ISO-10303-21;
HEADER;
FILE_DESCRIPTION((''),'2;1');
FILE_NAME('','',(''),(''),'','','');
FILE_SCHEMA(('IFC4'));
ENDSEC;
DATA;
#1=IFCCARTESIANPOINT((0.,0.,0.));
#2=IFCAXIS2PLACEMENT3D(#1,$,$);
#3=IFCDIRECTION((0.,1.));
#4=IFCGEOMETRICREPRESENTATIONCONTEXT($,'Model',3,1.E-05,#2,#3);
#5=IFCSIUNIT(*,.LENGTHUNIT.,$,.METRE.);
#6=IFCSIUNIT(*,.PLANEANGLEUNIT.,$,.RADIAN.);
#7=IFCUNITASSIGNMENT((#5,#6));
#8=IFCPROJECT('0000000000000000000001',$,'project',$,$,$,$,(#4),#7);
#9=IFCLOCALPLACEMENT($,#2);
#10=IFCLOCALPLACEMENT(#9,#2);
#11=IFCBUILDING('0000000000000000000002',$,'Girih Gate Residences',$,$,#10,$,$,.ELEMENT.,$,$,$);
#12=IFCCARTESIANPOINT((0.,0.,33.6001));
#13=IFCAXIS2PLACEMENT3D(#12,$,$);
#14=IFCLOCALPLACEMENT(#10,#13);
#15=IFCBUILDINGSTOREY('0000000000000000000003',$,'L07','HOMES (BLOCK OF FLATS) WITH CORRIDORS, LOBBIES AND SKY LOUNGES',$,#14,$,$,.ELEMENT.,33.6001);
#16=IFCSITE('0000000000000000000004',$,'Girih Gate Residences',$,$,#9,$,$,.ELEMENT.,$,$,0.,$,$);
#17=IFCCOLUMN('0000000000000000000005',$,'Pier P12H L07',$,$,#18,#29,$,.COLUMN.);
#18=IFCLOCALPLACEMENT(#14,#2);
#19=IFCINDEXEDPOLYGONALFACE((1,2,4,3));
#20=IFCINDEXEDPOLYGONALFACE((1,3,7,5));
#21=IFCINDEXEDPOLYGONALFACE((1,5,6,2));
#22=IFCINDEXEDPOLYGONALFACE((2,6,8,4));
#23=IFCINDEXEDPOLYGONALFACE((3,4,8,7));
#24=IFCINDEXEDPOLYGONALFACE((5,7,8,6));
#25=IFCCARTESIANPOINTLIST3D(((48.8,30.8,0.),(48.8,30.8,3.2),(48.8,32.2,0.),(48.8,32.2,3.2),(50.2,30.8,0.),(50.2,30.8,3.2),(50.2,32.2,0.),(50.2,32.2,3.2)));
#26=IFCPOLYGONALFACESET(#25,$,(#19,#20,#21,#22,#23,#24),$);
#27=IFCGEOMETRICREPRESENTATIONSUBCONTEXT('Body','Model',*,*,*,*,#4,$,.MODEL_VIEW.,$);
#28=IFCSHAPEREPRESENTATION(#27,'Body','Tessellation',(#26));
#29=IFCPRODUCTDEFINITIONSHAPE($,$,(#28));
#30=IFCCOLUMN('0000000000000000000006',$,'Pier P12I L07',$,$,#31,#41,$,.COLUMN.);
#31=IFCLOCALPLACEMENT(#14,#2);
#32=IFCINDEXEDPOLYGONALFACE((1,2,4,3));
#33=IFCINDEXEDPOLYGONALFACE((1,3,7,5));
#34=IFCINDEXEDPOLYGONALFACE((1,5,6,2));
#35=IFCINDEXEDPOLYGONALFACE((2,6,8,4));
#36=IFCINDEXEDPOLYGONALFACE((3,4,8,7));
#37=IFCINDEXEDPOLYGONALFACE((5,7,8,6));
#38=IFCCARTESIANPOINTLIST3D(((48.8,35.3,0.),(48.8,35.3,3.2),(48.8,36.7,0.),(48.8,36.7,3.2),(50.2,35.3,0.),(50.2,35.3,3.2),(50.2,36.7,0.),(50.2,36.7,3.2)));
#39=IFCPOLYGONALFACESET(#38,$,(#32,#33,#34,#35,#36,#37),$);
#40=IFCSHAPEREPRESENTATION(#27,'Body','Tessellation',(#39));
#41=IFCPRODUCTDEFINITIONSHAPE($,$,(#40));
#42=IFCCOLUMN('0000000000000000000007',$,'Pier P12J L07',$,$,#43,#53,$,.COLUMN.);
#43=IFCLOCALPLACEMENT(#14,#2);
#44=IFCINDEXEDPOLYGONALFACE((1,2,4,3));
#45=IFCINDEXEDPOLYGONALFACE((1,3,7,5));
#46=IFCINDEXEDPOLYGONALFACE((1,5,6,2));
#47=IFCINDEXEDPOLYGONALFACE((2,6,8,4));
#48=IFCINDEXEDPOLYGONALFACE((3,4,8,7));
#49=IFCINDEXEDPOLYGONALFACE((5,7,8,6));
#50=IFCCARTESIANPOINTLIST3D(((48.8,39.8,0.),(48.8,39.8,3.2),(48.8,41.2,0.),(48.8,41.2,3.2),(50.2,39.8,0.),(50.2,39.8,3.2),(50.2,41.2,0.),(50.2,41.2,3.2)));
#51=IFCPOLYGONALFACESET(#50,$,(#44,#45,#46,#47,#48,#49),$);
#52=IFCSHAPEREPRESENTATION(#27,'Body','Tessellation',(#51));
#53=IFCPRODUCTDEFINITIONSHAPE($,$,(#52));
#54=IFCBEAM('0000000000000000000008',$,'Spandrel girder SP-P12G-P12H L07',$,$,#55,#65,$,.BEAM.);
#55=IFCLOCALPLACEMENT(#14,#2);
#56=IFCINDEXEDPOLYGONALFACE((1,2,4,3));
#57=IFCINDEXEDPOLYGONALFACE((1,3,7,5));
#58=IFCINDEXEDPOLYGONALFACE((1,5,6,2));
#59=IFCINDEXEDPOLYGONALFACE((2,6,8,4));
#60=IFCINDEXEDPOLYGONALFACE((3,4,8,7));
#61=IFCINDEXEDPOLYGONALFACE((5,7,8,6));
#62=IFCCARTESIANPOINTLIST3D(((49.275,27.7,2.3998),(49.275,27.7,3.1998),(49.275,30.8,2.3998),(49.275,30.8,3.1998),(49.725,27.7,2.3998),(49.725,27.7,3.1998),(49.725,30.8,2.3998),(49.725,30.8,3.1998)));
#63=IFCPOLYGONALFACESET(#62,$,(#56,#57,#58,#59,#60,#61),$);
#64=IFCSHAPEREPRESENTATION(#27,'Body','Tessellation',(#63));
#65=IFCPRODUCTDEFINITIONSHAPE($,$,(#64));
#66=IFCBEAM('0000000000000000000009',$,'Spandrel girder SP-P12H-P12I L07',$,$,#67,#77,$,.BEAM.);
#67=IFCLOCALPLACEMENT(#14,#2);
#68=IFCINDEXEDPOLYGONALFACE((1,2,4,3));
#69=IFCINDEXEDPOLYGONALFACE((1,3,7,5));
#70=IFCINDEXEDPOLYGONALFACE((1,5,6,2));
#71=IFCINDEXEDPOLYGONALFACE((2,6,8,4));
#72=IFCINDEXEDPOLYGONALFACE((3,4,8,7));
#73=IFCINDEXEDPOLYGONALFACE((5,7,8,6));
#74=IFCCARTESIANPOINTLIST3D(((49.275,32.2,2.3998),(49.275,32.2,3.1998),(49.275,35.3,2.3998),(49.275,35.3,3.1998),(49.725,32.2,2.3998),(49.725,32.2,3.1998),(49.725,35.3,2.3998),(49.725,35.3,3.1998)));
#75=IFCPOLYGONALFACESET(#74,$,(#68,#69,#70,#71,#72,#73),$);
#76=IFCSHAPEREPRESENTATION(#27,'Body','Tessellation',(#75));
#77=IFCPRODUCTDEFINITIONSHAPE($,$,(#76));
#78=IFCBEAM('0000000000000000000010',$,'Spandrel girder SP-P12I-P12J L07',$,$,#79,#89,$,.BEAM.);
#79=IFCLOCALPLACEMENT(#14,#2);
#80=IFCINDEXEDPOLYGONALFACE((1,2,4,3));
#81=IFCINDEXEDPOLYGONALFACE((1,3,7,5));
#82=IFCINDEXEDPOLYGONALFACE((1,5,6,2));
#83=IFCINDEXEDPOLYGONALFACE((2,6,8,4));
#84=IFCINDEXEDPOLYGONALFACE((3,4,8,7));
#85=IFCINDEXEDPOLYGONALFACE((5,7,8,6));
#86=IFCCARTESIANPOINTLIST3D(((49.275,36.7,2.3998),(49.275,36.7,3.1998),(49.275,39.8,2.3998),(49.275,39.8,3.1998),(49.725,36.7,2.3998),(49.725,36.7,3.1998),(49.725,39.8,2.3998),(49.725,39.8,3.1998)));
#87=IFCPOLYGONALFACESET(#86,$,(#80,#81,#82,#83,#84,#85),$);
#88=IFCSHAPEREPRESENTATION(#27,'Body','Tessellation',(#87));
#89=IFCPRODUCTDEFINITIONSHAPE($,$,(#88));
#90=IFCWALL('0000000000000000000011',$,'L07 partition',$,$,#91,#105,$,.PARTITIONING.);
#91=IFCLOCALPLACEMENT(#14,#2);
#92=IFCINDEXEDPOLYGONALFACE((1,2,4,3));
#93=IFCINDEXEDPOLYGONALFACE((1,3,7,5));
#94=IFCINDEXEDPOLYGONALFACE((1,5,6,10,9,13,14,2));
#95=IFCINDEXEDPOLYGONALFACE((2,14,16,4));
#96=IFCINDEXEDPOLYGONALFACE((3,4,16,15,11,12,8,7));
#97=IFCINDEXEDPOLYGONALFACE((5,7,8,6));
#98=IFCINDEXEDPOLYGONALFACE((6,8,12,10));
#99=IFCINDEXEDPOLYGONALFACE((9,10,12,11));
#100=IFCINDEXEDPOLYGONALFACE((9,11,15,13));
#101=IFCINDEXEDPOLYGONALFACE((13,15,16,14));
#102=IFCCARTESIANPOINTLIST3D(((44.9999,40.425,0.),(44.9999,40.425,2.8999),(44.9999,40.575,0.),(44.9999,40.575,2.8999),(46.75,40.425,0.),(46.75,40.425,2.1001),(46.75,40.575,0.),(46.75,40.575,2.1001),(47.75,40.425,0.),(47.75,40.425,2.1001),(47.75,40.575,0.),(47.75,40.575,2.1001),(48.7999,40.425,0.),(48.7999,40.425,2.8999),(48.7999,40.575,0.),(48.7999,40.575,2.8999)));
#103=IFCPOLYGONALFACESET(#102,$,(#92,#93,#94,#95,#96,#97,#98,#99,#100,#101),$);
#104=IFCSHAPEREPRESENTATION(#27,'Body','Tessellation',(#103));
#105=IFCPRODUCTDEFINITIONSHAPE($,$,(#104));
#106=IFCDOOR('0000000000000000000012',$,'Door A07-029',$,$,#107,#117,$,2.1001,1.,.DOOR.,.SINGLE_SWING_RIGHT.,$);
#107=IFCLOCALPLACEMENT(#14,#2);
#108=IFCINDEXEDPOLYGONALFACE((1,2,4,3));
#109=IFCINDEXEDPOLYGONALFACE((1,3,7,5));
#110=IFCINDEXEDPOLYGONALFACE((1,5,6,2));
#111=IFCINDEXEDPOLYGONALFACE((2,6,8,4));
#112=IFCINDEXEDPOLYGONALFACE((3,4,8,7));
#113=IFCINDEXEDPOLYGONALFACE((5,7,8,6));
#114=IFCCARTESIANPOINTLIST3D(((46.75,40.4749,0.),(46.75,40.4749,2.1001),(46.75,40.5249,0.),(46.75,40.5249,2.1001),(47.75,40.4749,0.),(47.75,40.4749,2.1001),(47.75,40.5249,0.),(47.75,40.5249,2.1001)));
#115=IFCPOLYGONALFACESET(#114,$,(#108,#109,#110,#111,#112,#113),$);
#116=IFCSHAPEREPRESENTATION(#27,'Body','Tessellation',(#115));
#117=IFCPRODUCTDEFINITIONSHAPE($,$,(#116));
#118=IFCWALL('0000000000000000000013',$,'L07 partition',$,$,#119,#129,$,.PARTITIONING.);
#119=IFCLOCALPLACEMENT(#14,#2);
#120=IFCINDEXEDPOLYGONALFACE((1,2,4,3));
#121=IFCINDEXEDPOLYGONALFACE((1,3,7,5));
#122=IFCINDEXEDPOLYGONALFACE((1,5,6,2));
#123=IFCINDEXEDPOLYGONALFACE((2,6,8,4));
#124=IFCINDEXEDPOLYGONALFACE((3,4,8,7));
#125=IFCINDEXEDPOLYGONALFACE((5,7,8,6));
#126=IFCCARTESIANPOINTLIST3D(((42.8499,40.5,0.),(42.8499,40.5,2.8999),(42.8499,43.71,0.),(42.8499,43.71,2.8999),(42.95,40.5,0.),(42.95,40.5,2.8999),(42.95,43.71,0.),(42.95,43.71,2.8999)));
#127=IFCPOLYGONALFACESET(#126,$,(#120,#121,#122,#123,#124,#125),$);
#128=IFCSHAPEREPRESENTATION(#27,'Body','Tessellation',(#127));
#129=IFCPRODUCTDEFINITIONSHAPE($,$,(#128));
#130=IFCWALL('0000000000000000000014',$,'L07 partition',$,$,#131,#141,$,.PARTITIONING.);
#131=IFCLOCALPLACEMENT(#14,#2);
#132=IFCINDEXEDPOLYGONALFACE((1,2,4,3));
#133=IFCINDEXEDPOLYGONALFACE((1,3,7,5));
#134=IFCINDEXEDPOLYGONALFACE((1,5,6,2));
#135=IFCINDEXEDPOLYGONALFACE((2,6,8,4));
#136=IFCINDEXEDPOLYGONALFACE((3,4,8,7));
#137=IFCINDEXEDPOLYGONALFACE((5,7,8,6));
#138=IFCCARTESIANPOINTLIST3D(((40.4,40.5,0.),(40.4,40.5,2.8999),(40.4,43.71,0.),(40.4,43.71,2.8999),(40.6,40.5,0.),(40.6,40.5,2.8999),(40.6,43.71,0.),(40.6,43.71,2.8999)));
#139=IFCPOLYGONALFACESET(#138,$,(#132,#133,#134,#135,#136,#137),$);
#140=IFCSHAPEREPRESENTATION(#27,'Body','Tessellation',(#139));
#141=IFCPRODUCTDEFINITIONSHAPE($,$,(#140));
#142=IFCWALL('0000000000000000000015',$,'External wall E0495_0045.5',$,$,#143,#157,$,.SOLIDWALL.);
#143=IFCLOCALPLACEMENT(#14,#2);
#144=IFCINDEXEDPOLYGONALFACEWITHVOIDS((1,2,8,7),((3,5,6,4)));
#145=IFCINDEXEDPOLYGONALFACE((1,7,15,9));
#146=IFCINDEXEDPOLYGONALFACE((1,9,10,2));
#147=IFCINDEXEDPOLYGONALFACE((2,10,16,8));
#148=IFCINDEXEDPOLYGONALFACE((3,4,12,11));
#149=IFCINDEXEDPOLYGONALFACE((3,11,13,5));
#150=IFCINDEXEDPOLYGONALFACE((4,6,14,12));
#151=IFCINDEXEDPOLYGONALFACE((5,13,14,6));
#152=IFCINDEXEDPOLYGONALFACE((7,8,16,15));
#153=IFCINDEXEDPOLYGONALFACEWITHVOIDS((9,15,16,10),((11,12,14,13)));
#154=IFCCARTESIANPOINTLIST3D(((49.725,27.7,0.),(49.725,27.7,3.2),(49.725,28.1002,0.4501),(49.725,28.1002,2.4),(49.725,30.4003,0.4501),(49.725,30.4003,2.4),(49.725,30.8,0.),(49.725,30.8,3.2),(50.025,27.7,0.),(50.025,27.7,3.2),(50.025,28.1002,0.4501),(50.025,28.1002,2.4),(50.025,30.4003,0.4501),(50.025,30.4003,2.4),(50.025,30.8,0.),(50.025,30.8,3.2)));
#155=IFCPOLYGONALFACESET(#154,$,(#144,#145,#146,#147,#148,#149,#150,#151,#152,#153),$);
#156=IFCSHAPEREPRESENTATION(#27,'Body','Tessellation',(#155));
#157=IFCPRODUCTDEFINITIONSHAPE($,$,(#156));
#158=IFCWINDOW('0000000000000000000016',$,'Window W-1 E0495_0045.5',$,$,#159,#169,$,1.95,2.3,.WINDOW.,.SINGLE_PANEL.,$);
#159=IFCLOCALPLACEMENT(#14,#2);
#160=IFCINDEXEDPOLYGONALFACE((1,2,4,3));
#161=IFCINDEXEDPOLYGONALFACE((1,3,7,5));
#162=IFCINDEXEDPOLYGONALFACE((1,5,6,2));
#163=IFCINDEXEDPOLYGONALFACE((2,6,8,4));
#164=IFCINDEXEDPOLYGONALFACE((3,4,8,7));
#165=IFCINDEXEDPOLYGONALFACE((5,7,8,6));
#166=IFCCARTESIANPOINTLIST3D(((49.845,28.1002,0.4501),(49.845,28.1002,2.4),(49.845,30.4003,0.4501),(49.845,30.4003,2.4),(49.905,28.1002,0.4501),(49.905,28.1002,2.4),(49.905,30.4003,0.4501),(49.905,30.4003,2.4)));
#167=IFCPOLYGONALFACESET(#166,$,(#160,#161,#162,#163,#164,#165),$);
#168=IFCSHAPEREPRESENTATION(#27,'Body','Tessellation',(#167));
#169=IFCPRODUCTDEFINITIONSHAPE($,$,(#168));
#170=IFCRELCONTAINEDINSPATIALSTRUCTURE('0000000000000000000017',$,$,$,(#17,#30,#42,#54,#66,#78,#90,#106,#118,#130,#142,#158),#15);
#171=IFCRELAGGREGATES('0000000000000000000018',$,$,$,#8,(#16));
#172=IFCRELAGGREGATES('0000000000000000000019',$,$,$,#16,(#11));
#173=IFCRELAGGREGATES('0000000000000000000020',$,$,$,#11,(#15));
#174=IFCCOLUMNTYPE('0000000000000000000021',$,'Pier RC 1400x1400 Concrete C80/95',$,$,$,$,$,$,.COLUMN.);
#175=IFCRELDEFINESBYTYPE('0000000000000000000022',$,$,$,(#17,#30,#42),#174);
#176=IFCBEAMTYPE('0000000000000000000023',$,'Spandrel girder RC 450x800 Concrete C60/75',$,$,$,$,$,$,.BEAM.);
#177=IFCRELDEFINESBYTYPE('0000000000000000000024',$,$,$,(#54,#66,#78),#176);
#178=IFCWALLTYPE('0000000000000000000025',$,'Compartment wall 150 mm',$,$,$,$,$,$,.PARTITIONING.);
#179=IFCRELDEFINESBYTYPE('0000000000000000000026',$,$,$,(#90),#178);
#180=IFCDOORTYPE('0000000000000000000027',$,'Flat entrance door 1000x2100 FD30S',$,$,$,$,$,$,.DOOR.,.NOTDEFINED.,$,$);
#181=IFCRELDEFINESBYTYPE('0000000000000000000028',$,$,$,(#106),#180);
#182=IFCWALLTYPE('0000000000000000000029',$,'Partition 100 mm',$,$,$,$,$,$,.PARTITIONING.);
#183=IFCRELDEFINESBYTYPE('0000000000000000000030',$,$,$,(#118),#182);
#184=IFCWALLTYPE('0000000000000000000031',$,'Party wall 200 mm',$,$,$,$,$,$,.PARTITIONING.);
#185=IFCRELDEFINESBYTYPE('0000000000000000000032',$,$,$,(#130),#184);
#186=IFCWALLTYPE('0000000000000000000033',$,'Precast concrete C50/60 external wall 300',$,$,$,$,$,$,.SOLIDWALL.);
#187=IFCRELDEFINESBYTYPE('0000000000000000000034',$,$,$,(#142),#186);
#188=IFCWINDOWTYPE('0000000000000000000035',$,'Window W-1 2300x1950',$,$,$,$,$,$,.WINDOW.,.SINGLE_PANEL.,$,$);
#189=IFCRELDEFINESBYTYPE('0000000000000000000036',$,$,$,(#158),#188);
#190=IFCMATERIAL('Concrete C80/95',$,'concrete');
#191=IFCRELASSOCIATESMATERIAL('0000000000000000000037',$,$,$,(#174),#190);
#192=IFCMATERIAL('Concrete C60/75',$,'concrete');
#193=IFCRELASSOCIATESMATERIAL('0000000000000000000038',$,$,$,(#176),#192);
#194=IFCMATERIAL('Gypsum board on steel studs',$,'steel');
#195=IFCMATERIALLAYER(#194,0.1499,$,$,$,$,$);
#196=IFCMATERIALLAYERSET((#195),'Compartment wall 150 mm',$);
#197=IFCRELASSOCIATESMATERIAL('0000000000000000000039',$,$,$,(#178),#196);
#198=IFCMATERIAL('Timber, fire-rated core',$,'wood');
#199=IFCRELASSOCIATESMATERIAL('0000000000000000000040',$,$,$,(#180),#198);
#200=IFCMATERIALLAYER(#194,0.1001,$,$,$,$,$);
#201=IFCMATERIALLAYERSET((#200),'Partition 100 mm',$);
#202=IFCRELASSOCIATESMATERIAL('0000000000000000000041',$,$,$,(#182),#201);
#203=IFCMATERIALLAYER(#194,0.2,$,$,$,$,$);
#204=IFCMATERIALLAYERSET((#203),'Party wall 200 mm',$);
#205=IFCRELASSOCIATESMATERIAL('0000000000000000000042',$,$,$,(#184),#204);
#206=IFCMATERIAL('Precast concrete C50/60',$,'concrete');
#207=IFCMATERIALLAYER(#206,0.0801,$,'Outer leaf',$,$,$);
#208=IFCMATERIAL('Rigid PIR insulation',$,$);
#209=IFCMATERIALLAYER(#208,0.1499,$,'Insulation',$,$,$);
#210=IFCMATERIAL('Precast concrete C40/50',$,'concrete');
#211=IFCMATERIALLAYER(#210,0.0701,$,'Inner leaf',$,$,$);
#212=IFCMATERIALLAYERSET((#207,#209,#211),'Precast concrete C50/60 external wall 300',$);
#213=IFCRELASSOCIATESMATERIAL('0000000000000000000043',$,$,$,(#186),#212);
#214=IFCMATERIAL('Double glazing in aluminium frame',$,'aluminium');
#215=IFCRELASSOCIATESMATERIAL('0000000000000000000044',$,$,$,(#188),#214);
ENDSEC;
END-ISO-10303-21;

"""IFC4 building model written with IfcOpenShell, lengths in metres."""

from ifc_helpers import new_model, si_unit, direction, frame, frame_2d, origin, origin_2d, place, context, subcontext, project, spatial, rectangle, extrude, material, layer, layer_set, material_profile, profile_set, type_object, element, fill, save


model = new_model("IFC4")

# Units and contexts
model_context = context("Model", 3, precision=1e-05, world=origin(), true_north=direction((0.0, 1.0)))
body_context = subcontext(model_context, "Body", "Model", "MODEL_VIEW")
ifc_project = project(units=[si_unit("LENGTHUNIT", "METRE"), si_unit("PLANEANGLEUNIT", "RADIAN")], contexts=[model_context])

# Site, building, storey
site_placement = place(None, origin())
site = spatial("IfcSite", under=ifc_project, at=site_placement, Name="Girih Gate Residences", CompositionType="ELEMENT", RefElevation=0.0)
building_placement = place(site_placement, origin())
building = spatial("IfcBuilding", under=site, at=building_placement, Name="Girih Gate Residences", CompositionType="ELEMENT")
storey_placement = place(building_placement, frame((0.0, 0.0, 33.6001)))
storey = spatial("IfcBuildingStorey", under=building, at=storey_placement, Name="L07", Description="HOMES (BLOCK OF FLATS) WITH CORRIDORS, LOBBIES AND SKY LOUNGES", CompositionType="ELEMENT", Elevation=33.6001)

# Columns
ifc_material_1 = material(Name="Concrete C80/95", Category="concrete")
ifc_material_profile_1 = material_profile(ifc_material_1, rectangle(XDim=1.3999, YDim=1.3999, at=origin_2d()))
ifc_profile_set_1 = profile_set([ifc_material_profile_1], Name="Concrete C80/95")
column_type = type_object("IfcColumnType", Name="Pier RC 1400x1400 Concrete C80/95", PredefinedType="COLUMN", material=ifc_profile_set_1)
for number, where, z_axis, x_axis, name in (
    (1, (49.5, 31.5, 0.0), (0.0, 0.0, 1.0), (1.0, 0.0, 0.0), "Pier P12H L07"),
    (2, (49.5, 36.0, 0.0), (0.0, 0.0, 1.0), (1.0, 0.0, 0.0), "Pier P12I L07"),
    (3, (49.5, 40.5, 0.0), (0.0, 0.0, 1.0), (1.0, 0.0, 0.0), "Pier P12J L07"),
):
    element("IfcColumn", number, at=place(storey_placement, frame(where, z_axis=z_axis, x_axis=x_axis)), inside=storey, type_object=column_type, Name=name, PredefinedType="COLUMN", context=body_context, shape_type="SweptSolid", body=[
        extrude(rectangle(XDim=1.3999, YDim=1.3999, at=origin_2d()), origin(), (0.0, 0.0, 1.0), 3.2),
    ])

# Beams
ifc_material_2 = material(Name="Concrete C60/75", Category="concrete")
ifc_material_profile_2 = material_profile(ifc_material_2, rectangle(XDim=0.45, YDim=0.8, at=origin_2d()))
ifc_profile_set_2 = profile_set([ifc_material_profile_2], Name="Concrete C60/75")
beam_type = type_object("IfcBeamType", Name="Spandrel girder RC 450x800 Concrete C60/75", PredefinedType="BEAM", material=ifc_profile_set_2)
for number, where, z_axis, x_axis, name in (
    (4, (49.5, 27.7, 2.7998), (0.0, 1.0, 0.0), (-1.0, 0.0, 0.0), "Spandrel girder SP-P12G-P12H L07"),
    (5, (49.5, 32.2, 2.7998), (0.0, 1.0, 0.0), (-1.0, 0.0, 0.0), "Spandrel girder SP-P12H-P12I L07"),
    (6, (49.5, 36.7, 2.7998), (0.0, 1.0, 0.0), (-1.0, 0.0, 0.0), "Spandrel girder SP-P12I-P12J L07"),
):
    element("IfcBeam", number, at=place(storey_placement, frame(where, z_axis=z_axis, x_axis=x_axis)), inside=storey, type_object=beam_type, Name=name, PredefinedType="BEAM", context=body_context, shape_type="SweptSolid", body=[
        extrude(rectangle(XDim=0.45, YDim=0.8, at=origin_2d()), origin(), (0.0, 0.0, 1.0), 3.1001),
    ])

# Wall, opening, door
ifc_material_3 = material(Name="Gypsum board on steel studs", Category="steel")
ifc_layer_1 = layer(ifc_material_3, 0.1499)
ifc_layer_set_1 = layer_set([ifc_layer_1], Name="Compartment wall 150 mm")
wall_type_1 = type_object("IfcWallType", Name="Compartment wall 150 mm", PredefinedType="PARTITIONING", material=ifc_layer_set_1)
wall_1_placement = place(storey_placement, frame((45.0, 40.5, 0.0), z_axis=(0.0, 0.0, 1.0), x_axis=(1.0, 0.0, 0.0)))
wall_1 = element("IfcWall", 7, at=wall_1_placement, inside=storey, type_object=wall_type_1, Name="L07 partition", PredefinedType="PARTITIONING", context=body_context, shape_type="SweptSolid", body=[
    extrude(rectangle(XDim=3.8, YDim=0.1499, at=frame_2d((1.8999, 0.0))), origin(), (0.0, 0.0, 1.0), 2.8999),
])
opening_1_placement = place(wall_1_placement, frame((1.75, 0.0, 0.0)))
opening_1 = element("IfcOpeningElement", 8, at=opening_1_placement, cuts=wall_1, PredefinedType="OPENING", context=body_context, shape_type="SweptSolid", body=[
    extrude(rectangle(XDim=1.0, YDim=2.1001, at=frame_2d((0.5, 1.05))), frame((0.0, 0.085, 0.0), z_axis=(0.0, -1.0, 0.0), x_axis=(1.0, 0.0, 0.0)), (0.0, 0.0, 1.0), 0.1699),
])
ifc_material_4 = material(Name="Timber, fire-rated core", Category="wood")
door_type_1 = type_object("IfcDoorType", Name="Flat entrance door 1000x2100 FD30S", OperationType="NOTDEFINED", PredefinedType="DOOR", material=ifc_material_4)
door_1_placement = place(opening_1_placement, origin())
door_1 = element("IfcDoor", 9, at=door_1_placement, inside=storey, type_object=door_type_1, Name="Door A07-029", OperationType="SINGLE_SWING_RIGHT", OverallHeight=2.1001, OverallWidth=1.0, PredefinedType="DOOR", context=body_context, shape_type="SweptSolid", body=[
    extrude(rectangle(XDim=1.0, YDim=2.1001, at=frame_2d((0.5, 1.05))), frame((0.0, 0.0249, 0.0), z_axis=(0.0, -1.0, 0.0), x_axis=(1.0, 0.0, 0.0)), (0.0, 0.0, 1.0), 0.05),
])
fill(opening_1, door_1)

# Walls
ifc_layer_2 = layer(ifc_material_3, 0.1001)
ifc_layer_set_2 = layer_set([ifc_layer_2], Name="Partition 100 mm")
wall_type_2 = type_object("IfcWallType", Name="Partition 100 mm", PredefinedType="PARTITIONING", material=ifc_layer_set_2)
wall_2_placement = place(storey_placement, frame((42.8999, 40.5, 0.0), z_axis=(0.0, 0.0, 1.0), x_axis=(0.0, 1.0, 0.0)))
element("IfcWall", 10, at=wall_2_placement, inside=storey, type_object=wall_type_2, Name="L07 partition", PredefinedType="PARTITIONING", context=body_context, shape_type="SweptSolid", body=[
    extrude(rectangle(XDim=3.21, YDim=0.1001, at=frame_2d((1.605, 0.0))), origin(), (0.0, 0.0, 1.0), 2.8999),
])
ifc_layer_3 = layer(ifc_material_3, 0.2)
ifc_layer_set_3 = layer_set([ifc_layer_3], Name="Party wall 200 mm")
wall_type_3 = type_object("IfcWallType", Name="Party wall 200 mm", PredefinedType="PARTITIONING", material=ifc_layer_set_3)
wall_3_placement = place(storey_placement, frame((40.5, 40.5, 0.0), z_axis=(0.0, 0.0, 1.0), x_axis=(0.0, 1.0, 0.0)))
element("IfcWall", 11, at=wall_3_placement, inside=storey, type_object=wall_type_3, Name="L07 partition", PredefinedType="PARTITIONING", context=body_context, shape_type="SweptSolid", body=[
    extrude(rectangle(XDim=3.21, YDim=0.2, at=frame_2d((1.605, 0.0))), origin(), (0.0, 0.0, 1.0), 2.8999),
])

# Wall, opening, window
ifc_material_5 = material(Name="Precast concrete C50/60", Category="concrete")
ifc_layer_4 = layer(ifc_material_5, 0.0801, Name="Outer leaf")
ifc_material_6 = material(Name="Rigid PIR insulation")
ifc_layer_5 = layer(ifc_material_6, 0.1499, Name="Insulation")
ifc_material_7 = material(Name="Precast concrete C40/50", Category="concrete")
ifc_layer_6 = layer(ifc_material_7, 0.0701, Name="Inner leaf")
ifc_layer_set_4 = layer_set([ifc_layer_4, ifc_layer_5, ifc_layer_6], Name="Precast concrete C50/60 external wall 300")
wall_type_4 = type_object("IfcWallType", Name="Precast concrete C50/60 external wall 300", PredefinedType="SOLIDWALL", material=ifc_layer_set_4)
wall_4_placement = place(storey_placement, frame((49.875, 30.8, 0.0), z_axis=(0.0, 0.0, 1.0), x_axis=(0.0, -1.0, 0.0)))
wall_4 = element("IfcWall", 12, at=wall_4_placement, inside=storey, type_object=wall_type_4, Name="External wall E0495_0045.5", PredefinedType="SOLIDWALL", context=body_context, shape_type="SweptSolid", body=[
    extrude(rectangle(XDim=3.1001, YDim=0.3, at=frame_2d((1.55, 0.0))), origin(), (0.0, 0.0, 1.0), 3.2),
])
opening_2_placement = place(wall_4_placement, frame((0.3999, 0.0, 0.45)))
opening_2 = element("IfcOpeningElement", 13, at=opening_2_placement, cuts=wall_4, PredefinedType="OPENING", context=body_context, shape_type="SweptSolid", body=[
    extrude(rectangle(XDim=2.3, YDim=1.95, at=frame_2d((1.1499, 0.9751))), frame((0.0, 0.1599, 0.0), z_axis=(0.0, -1.0, 0.0), x_axis=(1.0, 0.0, 0.0)), (0.0, 0.0, 1.0), 0.3201),
])
ifc_material_8 = material(Name="Double glazing in aluminium frame", Category="aluminium")
window_type = type_object("IfcWindowType", Name="Window W-1 2300x1950", PartitioningType="SINGLE_PANEL", PredefinedType="WINDOW", material=ifc_material_8)
window_1_placement = place(opening_2_placement, origin())
window_1 = element("IfcWindow", 14, at=window_1_placement, inside=storey, type_object=window_type, Name="Window W-1 E0495_0045.5", OverallHeight=1.95, OverallWidth=2.3, PartitioningType="SINGLE_PANEL", PredefinedType="WINDOW", context=body_context, shape_type="SweptSolid", body=[
    extrude(rectangle(XDim=2.3, YDim=1.95, at=frame_2d((1.1499, 0.9751))), frame((0.0, 0.03, 0.0), z_axis=(0.0, -1.0, 0.0), x_axis=(1.0, 0.0, 0.0)), (0.0, 0.0, 1.0), 0.0601),
])
fill(opening_2, window_1)

save(model, "model.ifc")
